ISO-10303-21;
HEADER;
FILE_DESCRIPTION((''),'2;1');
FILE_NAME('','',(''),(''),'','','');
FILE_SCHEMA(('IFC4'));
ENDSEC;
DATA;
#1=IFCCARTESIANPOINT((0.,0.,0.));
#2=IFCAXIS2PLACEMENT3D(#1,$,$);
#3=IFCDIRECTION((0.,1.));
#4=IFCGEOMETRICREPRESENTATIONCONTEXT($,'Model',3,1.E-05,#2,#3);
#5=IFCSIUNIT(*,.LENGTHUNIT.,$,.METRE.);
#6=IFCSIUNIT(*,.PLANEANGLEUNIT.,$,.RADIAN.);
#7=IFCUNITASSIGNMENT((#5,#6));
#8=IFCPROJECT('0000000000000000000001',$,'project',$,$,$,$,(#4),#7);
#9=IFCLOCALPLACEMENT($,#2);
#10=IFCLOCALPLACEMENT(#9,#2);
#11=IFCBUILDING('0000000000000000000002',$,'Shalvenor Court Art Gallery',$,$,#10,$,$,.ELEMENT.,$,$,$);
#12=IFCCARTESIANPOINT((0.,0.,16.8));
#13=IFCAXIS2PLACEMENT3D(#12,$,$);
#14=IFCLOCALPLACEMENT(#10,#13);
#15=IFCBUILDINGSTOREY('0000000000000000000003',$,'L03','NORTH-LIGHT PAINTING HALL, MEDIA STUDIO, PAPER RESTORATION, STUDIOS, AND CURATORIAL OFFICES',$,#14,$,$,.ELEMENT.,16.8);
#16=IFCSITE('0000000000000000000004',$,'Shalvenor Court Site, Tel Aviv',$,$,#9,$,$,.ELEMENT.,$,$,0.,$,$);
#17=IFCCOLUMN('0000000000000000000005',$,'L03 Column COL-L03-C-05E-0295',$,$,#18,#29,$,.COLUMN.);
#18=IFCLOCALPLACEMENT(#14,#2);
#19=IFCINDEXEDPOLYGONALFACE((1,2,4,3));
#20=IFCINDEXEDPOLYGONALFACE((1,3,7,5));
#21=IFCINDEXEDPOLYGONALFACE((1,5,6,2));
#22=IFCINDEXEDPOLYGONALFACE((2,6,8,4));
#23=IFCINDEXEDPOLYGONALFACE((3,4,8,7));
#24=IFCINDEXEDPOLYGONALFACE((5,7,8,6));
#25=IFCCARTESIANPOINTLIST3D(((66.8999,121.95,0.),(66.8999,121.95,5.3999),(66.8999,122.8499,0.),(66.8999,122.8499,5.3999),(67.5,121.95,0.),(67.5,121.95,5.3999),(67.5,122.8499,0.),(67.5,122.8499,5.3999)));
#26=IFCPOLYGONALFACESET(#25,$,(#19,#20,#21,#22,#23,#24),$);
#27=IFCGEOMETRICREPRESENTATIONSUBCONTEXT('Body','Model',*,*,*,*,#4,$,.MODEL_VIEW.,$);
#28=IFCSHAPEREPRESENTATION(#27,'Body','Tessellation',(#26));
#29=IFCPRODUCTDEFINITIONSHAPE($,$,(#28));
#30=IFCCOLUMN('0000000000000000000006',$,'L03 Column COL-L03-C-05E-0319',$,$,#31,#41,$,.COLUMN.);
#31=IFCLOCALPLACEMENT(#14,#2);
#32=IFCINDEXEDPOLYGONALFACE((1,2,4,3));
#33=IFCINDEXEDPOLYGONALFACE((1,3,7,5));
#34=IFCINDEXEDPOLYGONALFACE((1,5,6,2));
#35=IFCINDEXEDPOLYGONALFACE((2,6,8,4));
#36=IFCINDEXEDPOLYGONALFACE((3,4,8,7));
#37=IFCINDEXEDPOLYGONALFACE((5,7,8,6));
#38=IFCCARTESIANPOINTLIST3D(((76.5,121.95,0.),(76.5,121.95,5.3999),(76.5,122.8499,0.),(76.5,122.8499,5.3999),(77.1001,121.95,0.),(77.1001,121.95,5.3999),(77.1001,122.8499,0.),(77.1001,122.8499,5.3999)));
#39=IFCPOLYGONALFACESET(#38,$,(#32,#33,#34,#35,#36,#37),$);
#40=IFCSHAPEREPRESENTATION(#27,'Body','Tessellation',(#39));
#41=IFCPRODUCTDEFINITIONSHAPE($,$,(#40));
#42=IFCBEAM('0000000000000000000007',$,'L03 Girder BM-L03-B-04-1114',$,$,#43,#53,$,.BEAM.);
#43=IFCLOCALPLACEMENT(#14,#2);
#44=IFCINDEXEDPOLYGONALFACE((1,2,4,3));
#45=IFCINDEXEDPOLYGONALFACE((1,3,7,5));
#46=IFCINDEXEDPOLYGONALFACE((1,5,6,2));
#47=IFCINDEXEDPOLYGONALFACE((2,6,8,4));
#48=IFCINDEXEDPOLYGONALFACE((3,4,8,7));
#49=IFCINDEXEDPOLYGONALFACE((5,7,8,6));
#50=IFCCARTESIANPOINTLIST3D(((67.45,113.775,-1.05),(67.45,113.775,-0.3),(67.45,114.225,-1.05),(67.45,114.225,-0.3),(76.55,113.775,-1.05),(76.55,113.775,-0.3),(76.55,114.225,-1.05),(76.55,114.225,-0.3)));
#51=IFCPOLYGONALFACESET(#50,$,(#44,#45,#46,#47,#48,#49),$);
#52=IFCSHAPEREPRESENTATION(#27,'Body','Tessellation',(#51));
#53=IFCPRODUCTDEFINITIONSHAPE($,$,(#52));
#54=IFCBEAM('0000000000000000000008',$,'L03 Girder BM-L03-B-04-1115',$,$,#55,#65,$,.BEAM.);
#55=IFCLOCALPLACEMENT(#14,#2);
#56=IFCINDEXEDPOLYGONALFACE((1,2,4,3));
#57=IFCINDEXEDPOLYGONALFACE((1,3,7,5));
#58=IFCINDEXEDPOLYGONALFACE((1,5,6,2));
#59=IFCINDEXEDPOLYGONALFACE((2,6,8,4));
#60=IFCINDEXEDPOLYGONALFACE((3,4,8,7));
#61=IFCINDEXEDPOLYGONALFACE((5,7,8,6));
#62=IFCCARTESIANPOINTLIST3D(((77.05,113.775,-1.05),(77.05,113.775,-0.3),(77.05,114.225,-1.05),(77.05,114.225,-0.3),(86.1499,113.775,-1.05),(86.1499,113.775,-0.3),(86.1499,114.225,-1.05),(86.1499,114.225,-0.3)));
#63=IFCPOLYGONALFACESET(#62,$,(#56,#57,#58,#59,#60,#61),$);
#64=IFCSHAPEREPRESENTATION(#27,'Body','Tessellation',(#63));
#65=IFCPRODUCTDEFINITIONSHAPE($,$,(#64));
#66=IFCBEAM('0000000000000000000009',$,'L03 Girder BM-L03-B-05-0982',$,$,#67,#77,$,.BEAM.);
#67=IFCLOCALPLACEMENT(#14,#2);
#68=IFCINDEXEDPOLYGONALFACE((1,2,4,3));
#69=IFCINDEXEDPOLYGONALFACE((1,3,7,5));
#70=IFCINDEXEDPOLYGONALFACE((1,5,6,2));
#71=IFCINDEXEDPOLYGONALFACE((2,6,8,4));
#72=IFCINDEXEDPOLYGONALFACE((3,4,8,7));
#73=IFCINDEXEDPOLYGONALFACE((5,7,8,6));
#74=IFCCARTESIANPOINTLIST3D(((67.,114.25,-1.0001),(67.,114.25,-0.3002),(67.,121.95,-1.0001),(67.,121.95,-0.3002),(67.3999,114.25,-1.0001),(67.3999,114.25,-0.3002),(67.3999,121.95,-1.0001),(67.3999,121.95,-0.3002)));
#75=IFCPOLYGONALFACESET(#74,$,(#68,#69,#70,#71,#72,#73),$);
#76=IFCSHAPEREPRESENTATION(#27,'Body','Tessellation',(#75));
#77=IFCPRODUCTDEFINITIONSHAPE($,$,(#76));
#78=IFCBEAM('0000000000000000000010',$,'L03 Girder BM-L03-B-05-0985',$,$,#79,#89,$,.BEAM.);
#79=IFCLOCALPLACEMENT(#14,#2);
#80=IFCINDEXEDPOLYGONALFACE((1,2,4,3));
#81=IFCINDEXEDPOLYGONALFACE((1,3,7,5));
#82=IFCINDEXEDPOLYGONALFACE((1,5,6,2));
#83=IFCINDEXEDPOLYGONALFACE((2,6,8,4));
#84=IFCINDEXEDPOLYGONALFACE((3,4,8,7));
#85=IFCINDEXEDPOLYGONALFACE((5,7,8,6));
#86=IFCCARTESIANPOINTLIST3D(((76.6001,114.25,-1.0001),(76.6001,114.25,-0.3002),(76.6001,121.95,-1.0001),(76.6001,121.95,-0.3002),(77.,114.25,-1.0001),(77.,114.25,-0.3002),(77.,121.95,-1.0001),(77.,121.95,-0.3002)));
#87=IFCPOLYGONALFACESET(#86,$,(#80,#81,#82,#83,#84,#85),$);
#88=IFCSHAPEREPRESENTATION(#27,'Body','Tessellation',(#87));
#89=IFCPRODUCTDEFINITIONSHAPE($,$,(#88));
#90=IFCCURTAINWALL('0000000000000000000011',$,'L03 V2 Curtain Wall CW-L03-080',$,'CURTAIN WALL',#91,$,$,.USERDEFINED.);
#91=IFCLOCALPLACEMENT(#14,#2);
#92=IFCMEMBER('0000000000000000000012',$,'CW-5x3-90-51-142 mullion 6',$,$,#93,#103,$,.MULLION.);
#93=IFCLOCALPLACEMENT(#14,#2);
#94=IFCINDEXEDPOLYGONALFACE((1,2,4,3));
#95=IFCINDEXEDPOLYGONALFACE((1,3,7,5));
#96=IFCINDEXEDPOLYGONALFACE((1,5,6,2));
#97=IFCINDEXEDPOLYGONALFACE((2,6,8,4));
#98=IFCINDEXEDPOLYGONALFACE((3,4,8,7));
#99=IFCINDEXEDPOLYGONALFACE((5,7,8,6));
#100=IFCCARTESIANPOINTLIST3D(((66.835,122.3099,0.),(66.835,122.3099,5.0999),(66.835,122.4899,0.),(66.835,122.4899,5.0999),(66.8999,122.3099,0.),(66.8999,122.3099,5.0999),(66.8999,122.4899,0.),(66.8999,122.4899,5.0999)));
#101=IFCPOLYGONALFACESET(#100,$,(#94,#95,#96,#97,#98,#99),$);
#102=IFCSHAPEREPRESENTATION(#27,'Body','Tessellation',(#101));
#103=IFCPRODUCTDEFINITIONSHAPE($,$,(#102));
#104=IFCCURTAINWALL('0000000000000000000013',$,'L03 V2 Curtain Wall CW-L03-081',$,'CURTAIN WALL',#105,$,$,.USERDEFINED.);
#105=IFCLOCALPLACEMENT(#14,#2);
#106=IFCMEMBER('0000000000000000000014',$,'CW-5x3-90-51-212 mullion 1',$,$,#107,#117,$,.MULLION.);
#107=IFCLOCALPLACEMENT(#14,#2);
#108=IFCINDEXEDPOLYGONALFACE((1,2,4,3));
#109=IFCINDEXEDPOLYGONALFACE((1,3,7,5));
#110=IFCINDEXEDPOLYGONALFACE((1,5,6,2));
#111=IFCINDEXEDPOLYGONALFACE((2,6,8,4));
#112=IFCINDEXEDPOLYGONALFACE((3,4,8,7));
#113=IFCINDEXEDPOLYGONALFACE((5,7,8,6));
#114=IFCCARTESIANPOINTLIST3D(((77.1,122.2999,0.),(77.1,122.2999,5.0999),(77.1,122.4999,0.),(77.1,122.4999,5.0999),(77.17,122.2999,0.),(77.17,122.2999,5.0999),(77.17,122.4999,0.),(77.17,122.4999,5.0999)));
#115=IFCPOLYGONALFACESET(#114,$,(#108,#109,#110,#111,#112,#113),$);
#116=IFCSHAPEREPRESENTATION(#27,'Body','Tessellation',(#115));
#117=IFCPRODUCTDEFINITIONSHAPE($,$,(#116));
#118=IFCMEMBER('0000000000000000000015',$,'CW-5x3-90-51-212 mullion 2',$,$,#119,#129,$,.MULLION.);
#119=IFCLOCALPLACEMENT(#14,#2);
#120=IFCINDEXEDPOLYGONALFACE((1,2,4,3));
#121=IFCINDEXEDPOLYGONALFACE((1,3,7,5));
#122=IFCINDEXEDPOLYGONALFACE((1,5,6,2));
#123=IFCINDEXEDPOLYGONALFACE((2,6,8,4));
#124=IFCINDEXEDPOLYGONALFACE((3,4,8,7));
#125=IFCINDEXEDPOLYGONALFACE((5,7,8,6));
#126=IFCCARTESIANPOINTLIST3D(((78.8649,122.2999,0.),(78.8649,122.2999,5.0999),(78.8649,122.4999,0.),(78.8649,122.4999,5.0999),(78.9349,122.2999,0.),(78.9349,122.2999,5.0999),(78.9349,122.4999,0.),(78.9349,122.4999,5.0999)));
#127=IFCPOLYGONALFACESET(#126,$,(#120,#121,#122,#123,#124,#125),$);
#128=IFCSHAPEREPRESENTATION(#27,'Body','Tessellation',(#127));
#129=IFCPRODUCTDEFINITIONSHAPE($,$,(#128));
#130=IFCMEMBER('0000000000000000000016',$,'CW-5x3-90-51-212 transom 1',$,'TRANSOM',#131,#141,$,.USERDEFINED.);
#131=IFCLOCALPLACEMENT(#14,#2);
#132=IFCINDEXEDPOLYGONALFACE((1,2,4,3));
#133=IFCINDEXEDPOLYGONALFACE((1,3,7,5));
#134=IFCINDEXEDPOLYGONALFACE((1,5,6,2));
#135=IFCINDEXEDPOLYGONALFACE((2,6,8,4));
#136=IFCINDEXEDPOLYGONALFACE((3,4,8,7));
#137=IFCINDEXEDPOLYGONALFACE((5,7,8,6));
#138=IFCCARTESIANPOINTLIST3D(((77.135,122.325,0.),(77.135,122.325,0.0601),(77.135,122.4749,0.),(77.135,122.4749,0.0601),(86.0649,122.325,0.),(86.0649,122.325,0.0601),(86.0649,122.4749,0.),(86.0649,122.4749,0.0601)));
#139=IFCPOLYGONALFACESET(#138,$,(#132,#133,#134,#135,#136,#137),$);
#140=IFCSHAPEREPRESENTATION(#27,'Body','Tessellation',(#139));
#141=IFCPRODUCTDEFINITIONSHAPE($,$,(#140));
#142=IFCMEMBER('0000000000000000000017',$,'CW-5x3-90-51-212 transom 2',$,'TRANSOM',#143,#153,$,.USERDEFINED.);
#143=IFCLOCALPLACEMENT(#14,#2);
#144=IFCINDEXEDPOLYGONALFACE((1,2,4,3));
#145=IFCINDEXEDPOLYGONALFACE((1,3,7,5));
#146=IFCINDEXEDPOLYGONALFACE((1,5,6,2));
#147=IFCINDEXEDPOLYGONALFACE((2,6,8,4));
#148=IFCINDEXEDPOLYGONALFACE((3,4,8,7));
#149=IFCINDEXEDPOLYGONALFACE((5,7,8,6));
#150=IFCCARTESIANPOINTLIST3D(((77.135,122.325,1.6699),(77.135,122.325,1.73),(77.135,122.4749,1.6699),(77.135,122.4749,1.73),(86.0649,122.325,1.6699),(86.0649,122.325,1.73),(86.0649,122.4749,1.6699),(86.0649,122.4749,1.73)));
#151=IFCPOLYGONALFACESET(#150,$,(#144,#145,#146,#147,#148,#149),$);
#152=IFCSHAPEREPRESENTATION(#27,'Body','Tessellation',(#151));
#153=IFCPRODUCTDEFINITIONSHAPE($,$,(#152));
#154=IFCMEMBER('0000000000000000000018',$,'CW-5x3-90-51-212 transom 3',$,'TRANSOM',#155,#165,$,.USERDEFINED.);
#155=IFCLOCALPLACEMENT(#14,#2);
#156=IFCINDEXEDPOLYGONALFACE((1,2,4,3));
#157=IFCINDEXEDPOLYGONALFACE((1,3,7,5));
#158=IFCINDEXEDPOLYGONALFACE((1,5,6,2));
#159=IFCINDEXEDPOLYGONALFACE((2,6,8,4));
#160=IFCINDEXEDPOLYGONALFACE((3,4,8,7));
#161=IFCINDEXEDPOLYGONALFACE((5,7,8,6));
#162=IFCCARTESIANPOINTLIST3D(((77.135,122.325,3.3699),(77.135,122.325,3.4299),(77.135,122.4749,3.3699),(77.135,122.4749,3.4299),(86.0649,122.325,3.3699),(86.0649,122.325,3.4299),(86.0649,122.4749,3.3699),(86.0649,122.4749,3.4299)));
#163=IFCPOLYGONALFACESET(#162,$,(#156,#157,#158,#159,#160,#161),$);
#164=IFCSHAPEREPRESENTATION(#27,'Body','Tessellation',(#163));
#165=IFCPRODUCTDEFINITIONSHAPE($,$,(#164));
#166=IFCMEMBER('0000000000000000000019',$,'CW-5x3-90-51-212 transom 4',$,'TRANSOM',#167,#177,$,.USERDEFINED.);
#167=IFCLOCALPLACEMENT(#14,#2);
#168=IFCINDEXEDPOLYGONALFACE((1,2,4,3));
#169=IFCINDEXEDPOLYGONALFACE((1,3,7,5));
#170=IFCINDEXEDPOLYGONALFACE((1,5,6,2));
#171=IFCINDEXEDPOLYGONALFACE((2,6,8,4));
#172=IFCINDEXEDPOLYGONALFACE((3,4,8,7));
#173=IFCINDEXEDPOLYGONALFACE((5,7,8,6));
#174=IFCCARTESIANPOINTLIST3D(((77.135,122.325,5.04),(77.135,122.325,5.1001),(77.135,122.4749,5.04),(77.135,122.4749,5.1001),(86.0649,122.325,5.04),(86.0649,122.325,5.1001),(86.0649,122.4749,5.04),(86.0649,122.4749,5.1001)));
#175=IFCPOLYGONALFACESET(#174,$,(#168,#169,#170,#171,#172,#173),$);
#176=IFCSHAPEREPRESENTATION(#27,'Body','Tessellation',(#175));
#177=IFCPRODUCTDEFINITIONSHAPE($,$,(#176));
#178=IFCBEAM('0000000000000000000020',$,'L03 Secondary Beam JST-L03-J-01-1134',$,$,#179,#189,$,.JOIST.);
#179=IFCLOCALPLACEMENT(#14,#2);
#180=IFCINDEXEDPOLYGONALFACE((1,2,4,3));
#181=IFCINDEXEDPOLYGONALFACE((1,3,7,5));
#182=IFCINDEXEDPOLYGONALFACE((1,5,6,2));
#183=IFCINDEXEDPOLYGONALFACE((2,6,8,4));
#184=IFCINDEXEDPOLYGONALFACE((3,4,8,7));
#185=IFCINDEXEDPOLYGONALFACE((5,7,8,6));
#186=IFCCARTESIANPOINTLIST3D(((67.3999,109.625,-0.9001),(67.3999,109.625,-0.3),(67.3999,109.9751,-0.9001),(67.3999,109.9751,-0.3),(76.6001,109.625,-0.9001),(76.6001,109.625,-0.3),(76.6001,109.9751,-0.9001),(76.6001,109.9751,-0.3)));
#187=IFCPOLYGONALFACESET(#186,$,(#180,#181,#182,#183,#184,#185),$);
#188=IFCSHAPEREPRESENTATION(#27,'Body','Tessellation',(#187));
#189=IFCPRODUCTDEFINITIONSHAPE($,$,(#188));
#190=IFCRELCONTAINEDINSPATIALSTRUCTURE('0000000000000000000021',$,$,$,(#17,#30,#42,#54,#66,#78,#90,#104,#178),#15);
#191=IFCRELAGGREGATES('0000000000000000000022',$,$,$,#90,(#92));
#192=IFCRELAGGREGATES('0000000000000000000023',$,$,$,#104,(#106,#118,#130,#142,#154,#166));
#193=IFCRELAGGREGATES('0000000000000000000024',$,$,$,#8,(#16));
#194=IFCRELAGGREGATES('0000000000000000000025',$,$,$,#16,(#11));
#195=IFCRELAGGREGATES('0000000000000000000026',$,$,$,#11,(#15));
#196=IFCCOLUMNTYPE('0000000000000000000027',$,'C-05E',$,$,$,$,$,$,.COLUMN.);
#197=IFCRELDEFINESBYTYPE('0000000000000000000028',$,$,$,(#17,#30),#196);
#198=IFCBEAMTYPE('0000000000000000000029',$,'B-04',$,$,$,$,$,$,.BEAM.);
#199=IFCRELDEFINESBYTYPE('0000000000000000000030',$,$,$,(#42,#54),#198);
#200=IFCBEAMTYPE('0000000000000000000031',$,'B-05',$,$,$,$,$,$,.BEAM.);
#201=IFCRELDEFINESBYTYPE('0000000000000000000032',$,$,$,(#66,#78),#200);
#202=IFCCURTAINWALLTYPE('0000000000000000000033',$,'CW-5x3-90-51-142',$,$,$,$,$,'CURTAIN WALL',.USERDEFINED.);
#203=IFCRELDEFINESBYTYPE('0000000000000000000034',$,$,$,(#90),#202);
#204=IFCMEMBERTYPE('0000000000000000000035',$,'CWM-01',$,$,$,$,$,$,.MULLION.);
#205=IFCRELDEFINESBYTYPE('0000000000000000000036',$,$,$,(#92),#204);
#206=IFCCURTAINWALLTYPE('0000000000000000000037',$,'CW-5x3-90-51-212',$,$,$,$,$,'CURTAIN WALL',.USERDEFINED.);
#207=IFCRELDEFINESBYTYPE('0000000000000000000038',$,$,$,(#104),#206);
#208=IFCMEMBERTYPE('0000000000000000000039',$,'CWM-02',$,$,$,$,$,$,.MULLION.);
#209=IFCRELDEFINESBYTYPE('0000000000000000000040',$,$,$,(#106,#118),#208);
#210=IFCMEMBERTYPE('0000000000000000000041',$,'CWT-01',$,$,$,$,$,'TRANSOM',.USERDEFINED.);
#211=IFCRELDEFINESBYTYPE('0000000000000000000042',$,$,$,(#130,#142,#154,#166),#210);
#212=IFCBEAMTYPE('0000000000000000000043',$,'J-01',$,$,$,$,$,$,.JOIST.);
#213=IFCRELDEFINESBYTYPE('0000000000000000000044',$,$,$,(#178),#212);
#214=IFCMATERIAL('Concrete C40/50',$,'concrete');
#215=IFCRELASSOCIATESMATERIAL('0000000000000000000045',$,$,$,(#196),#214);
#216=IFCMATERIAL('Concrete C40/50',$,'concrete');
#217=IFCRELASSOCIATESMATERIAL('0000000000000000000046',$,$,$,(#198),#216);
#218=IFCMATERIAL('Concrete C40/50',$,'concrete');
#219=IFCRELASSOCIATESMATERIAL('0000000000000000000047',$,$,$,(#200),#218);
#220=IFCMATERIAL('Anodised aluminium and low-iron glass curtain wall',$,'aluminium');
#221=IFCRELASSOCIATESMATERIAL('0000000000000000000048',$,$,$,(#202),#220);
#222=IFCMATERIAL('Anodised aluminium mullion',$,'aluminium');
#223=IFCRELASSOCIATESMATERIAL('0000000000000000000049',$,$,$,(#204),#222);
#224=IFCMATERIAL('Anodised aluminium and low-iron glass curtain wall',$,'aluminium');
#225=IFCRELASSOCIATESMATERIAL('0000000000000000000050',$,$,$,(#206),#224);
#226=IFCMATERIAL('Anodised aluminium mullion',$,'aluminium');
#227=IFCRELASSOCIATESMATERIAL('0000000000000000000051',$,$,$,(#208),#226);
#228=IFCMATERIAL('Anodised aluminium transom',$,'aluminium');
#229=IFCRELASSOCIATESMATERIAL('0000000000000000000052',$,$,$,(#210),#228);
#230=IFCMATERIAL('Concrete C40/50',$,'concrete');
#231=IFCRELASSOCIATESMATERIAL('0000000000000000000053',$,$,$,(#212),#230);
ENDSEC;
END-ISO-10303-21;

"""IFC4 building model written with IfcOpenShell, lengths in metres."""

from ifc_helpers import new_model, si_unit, direction, frame, origin, origin_2d, place, context, subcontext, project, spatial, rectangle, extrude, material, material_profile, profile_set, type_object, element, aggregate, save


model = new_model("IFC4")

# Units and contexts
model_context = context("Model", 3, precision=1e-05, world=origin(), true_north=direction((0.0, 1.0)))
body_context = subcontext(model_context, "Body", "Model", "MODEL_VIEW")
ifc_project = project(units=[si_unit("LENGTHUNIT", "METRE"), si_unit("PLANEANGLEUNIT", "RADIAN")], contexts=[model_context])

# Site, building, storey
site_placement = place(None, origin())
site = spatial("IfcSite", under=ifc_project, at=site_placement, Name="Shalvenor Court Site, Tel Aviv", CompositionType="ELEMENT", RefElevation=0.0)
building_placement = place(site_placement, origin())
building = spatial("IfcBuilding", under=site, at=building_placement, Name="Shalvenor Court Art Gallery", CompositionType="ELEMENT")
storey_placement = place(building_placement, frame((0.0, 0.0, 16.8)))
storey = spatial("IfcBuildingStorey", under=building, at=storey_placement, Name="L03", Description="NORTH-LIGHT PAINTING HALL, MEDIA STUDIO, PAPER RESTORATION, STUDIOS, AND CURATORIAL OFFICES", CompositionType="ELEMENT", Elevation=16.8)

# Columns
ifc_material_1 = material(Name="Concrete C40/50", Category="concrete")
ifc_material_profile_1 = material_profile(ifc_material_1, rectangle(XDim=0.6001, YDim=0.8999, at=origin_2d()), Name="RC 600x900")
ifc_profile_set_1 = profile_set([ifc_material_profile_1], Name="Concrete C40/50")
column_type = type_object("IfcColumnType", Name="C-05E", PredefinedType="COLUMN", material=ifc_profile_set_1)
for number, where, z_axis, x_axis, name in (
    (1, (67.2, 122.3999, 0.0), (0.0, 0.0, 1.0), (1.0, 0.0, 0.0), "L03 Column COL-L03-C-05E-0295"),
    (2, (76.8, 122.3999, 0.0), (0.0, 0.0, 1.0), (1.0, 0.0, 0.0), "L03 Column COL-L03-C-05E-0319"),
):
    element("IfcColumn", number, at=place(storey_placement, frame(where, z_axis=z_axis, x_axis=x_axis)), inside=storey, type_object=column_type, Name=name, PredefinedType="COLUMN", context=body_context, shape_type="SweptSolid", body=[
        extrude(rectangle(XDim=0.6001, YDim=0.8999, at=origin_2d()), origin(), (0.0, 0.0, 1.0), 5.3999),
    ])

# Beams
ifc_material_2 = material(Name="Concrete C40/50", Category="concrete")
ifc_material_profile_2 = material_profile(ifc_material_2, rectangle(XDim=0.45, YDim=0.75, at=origin_2d()), Name="RC 450x750")
ifc_profile_set_2 = profile_set([ifc_material_profile_2], Name="Concrete C40/50")
beam_type_1 = type_object("IfcBeamType", Name="B-04", PredefinedType="BEAM", material=ifc_profile_set_2)
beam_1_placement = place(storey_placement, frame((67.45, 114.0, -0.675), z_axis=(1.0, 0.0, 0.0), x_axis=(0.0, 1.0, 0.0)))
element("IfcBeam", 3, at=beam_1_placement, inside=storey, type_object=beam_type_1, Name="L03 Girder BM-L03-B-04-1114", PredefinedType="BEAM", context=body_context, shape_type="SweptSolid", body=[
    extrude(rectangle(XDim=0.45, YDim=0.75, at=origin_2d()), origin(), (0.0, 0.0, 1.0), 9.1001),
])
beam_2_placement = place(storey_placement, frame((77.05, 114.0, -0.675), z_axis=(1.0, 0.0, 0.0), x_axis=(0.0, 1.0, 0.0)))
element("IfcBeam", 4, at=beam_2_placement, inside=storey, type_object=beam_type_1, Name="L03 Girder BM-L03-B-04-1115", PredefinedType="BEAM", context=body_context, shape_type="SweptSolid", body=[
    extrude(rectangle(XDim=0.45, YDim=0.75, at=origin_2d()), origin(), (0.0, 0.0, 1.0), 9.0999),
])
ifc_material_3 = material(Name="Concrete C40/50", Category="concrete")
ifc_material_profile_3 = material_profile(ifc_material_3, rectangle(XDim=0.3999, YDim=0.7, at=origin_2d()), Name="RC 400x700")
ifc_profile_set_3 = profile_set([ifc_material_profile_3], Name="Concrete C40/50")
beam_type_2 = type_object("IfcBeamType", Name="B-05", PredefinedType="BEAM", material=ifc_profile_set_3)
for number, where, z_axis, x_axis, name in (
    (5, (67.2, 114.25, -0.6501), (0.0, 1.0, 0.0), (-1.0, 0.0, 0.0), "L03 Girder BM-L03-B-05-0982"),
    (6, (76.8, 114.25, -0.6501), (0.0, 1.0, 0.0), (-1.0, 0.0, 0.0), "L03 Girder BM-L03-B-05-0985"),
):
    element("IfcBeam", number, at=place(storey_placement, frame(where, z_axis=z_axis, x_axis=x_axis)), inside=storey, type_object=beam_type_2, Name=name, PredefinedType="BEAM", context=body_context, shape_type="SweptSolid", body=[
        extrude(rectangle(XDim=0.3999, YDim=0.7, at=origin_2d()), origin(), (0.0, 0.0, 1.0), 7.7),
    ])

# Curtain wall, member
ifc_material_4 = material(Name="Anodised aluminium and low-iron glass curtain wall", Category="aluminium")
curtain_wall_type_1 = type_object("IfcCurtainWallType", Name="CW-5x3-90-51-142", ElementType="CURTAIN WALL", PredefinedType="USERDEFINED", material=ifc_material_4)
curtain_wall_1_placement = place(storey_placement, origin())
curtain_wall_1 = element("IfcCurtainWall", 7, at=curtain_wall_1_placement, inside=storey, type_object=curtain_wall_type_1, Name="L03 V2 Curtain Wall CW-L03-080", ObjectType="CURTAIN WALL", PredefinedType="USERDEFINED")
ifc_material_5 = material(Name="Anodised aluminium mullion", Category="aluminium")
ifc_material_profile_4 = material_profile(ifc_material_5, rectangle(XDim=0.0649, YDim=0.1799, at=origin_2d()), Name="CWM-01")
ifc_profile_set_4 = profile_set([ifc_material_profile_4], Name="Anodised aluminium mullion")
member_type_1 = type_object("IfcMemberType", Name="CWM-01", PredefinedType="MULLION", material=ifc_profile_set_4)
member_1_placement = place(storey_placement, frame((66.8674, 122.3999, 0.0), z_axis=(0.0, 0.0, 1.0), x_axis=(1.0, 0.0, 0.0)))
member_1 = element("IfcMember", 8, at=member_1_placement, type_object=member_type_1, Name="CW-5x3-90-51-142 mullion 6", PredefinedType="MULLION", context=body_context, shape_type="SweptSolid", body=[
    extrude(rectangle(XDim=0.0649, YDim=0.1799, at=origin_2d()), origin(), (0.0, 0.0, 1.0), 5.0999),
])
aggregate(curtain_wall_1, [member_1])

# Curtain wall, members
ifc_material_6 = material(Name="Anodised aluminium and low-iron glass curtain wall", Category="aluminium")
curtain_wall_type_2 = type_object("IfcCurtainWallType", Name="CW-5x3-90-51-212", ElementType="CURTAIN WALL", PredefinedType="USERDEFINED", material=ifc_material_6)
curtain_wall_2_placement = place(storey_placement, origin())
curtain_wall_2 = element("IfcCurtainWall", 9, at=curtain_wall_2_placement, inside=storey, type_object=curtain_wall_type_2, Name="L03 V2 Curtain Wall CW-L03-081", ObjectType="CURTAIN WALL", PredefinedType="USERDEFINED")
ifc_material_7 = material(Name="Anodised aluminium mullion", Category="aluminium")
ifc_material_profile_5 = material_profile(ifc_material_7, rectangle(XDim=0.0701, YDim=0.2, at=origin_2d()), Name="CWM-02")
ifc_profile_set_5 = profile_set([ifc_material_profile_5], Name="Anodised aluminium mullion")
member_type_2 = type_object("IfcMemberType", Name="CWM-02", PredefinedType="MULLION", material=ifc_profile_set_5)
member_2_placement = place(storey_placement, frame((77.135, 122.3999, 0.0), z_axis=(0.0, 0.0, 1.0), x_axis=(1.0, 0.0, 0.0)))
member_2 = element("IfcMember", 10, at=member_2_placement, type_object=member_type_2, Name="CW-5x3-90-51-212 mullion 1", PredefinedType="MULLION", context=body_context, shape_type="SweptSolid", body=[
    extrude(rectangle(XDim=0.0701, YDim=0.2, at=origin_2d()), origin(), (0.0, 0.0, 1.0), 5.0999),
])
member_3_placement = place(storey_placement, frame((78.8999, 122.3999, 0.0), z_axis=(0.0, 0.0, 1.0), x_axis=(1.0, 0.0, 0.0)))
member_3 = element("IfcMember", 11, at=member_3_placement, type_object=member_type_2, Name="CW-5x3-90-51-212 mullion 2", PredefinedType="MULLION", context=body_context, shape_type="SweptSolid", body=[
    extrude(rectangle(XDim=0.0701, YDim=0.2, at=origin_2d()), origin(), (0.0, 0.0, 1.0), 5.0999),
])
ifc_material_8 = material(Name="Anodised aluminium transom", Category="aluminium")
ifc_material_profile_6 = material_profile(ifc_material_8, rectangle(XDim=0.1499, YDim=0.0601, at=origin_2d()), Name="CWT-01")
ifc_profile_set_6 = profile_set([ifc_material_profile_6], Name="Anodised aluminium transom")
member_type_3 = type_object("IfcMemberType", Name="CWT-01", ElementType="TRANSOM", PredefinedType="USERDEFINED", material=ifc_profile_set_6)
member_4_placement = place(storey_placement, frame((77.135, 122.3999, 0.03), z_axis=(1.0, 0.0, 0.0), x_axis=(0.0, 1.0, 0.0)))
member_4 = element("IfcMember", 12, at=member_4_placement, type_object=member_type_3, Name="CW-5x3-90-51-212 transom 1", ObjectType="TRANSOM", PredefinedType="USERDEFINED", context=body_context, shape_type="SweptSolid", body=[
    extrude(rectangle(XDim=0.1499, YDim=0.0601, at=origin_2d()), origin(), (0.0, 0.0, 1.0), 8.9299),
])
member_5_placement = place(storey_placement, frame((77.135, 122.3999, 1.7), z_axis=(1.0, 0.0, 0.0), x_axis=(0.0, 1.0, 0.0)))
member_5 = element("IfcMember", 13, at=member_5_placement, type_object=member_type_3, Name="CW-5x3-90-51-212 transom 2", ObjectType="TRANSOM", PredefinedType="USERDEFINED", context=body_context, shape_type="SweptSolid", body=[
    extrude(rectangle(XDim=0.1499, YDim=0.0601, at=origin_2d()), origin(), (0.0, 0.0, 1.0), 8.9299),
])
member_6_placement = place(storey_placement, frame((77.135, 122.3999, 3.3999), z_axis=(1.0, 0.0, 0.0), x_axis=(0.0, 1.0, 0.0)))
member_6 = element("IfcMember", 14, at=member_6_placement, type_object=member_type_3, Name="CW-5x3-90-51-212 transom 3", ObjectType="TRANSOM", PredefinedType="USERDEFINED", context=body_context, shape_type="SweptSolid", body=[
    extrude(rectangle(XDim=0.1499, YDim=0.0601, at=origin_2d()), origin(), (0.0, 0.0, 1.0), 8.9299),
])
member_7_placement = place(storey_placement, frame((77.135, 122.3999, 5.0701), z_axis=(1.0, 0.0, 0.0), x_axis=(0.0, 1.0, 0.0)))
member_7 = element("IfcMember", 15, at=member_7_placement, type_object=member_type_3, Name="CW-5x3-90-51-212 transom 4", ObjectType="TRANSOM", PredefinedType="USERDEFINED", context=body_context, shape_type="SweptSolid", body=[
    extrude(rectangle(XDim=0.1499, YDim=0.0601, at=origin_2d()), origin(), (0.0, 0.0, 1.0), 8.9299),
])

# Beam
ifc_material_9 = material(Name="Concrete C40/50", Category="concrete")
ifc_material_profile_7 = material_profile(ifc_material_9, rectangle(XDim=0.3501, YDim=0.6001, at=origin_2d()), Name="RC 350x600")
ifc_profile_set_7 = profile_set([ifc_material_profile_7], Name="Concrete C40/50")
beam_type_3 = type_object("IfcBeamType", Name="J-01", PredefinedType="JOIST", material=ifc_profile_set_7)
for number, where, z_axis, x_axis, name in (
    (16, (67.3999, 109.8, -0.6001), (1.0, 0.0, 0.0), (0.0, 1.0, 0.0), "L03 Secondary Beam JST-L03-J-01-1134"),
):
    element("IfcBeam", number, at=place(storey_placement, frame(where, z_axis=z_axis, x_axis=x_axis)), inside=storey, type_object=beam_type_3, Name=name, PredefinedType="JOIST", context=body_context, shape_type="SweptSolid", body=[
        extrude(rectangle(XDim=0.3501, YDim=0.6001, at=origin_2d()), origin(), (0.0, 0.0, 1.0), 9.2002),
    ])

aggregate(curtain_wall_2, [member_2, member_3, member_4, member_5, member_6, member_7])

save(model, "model.ifc")
